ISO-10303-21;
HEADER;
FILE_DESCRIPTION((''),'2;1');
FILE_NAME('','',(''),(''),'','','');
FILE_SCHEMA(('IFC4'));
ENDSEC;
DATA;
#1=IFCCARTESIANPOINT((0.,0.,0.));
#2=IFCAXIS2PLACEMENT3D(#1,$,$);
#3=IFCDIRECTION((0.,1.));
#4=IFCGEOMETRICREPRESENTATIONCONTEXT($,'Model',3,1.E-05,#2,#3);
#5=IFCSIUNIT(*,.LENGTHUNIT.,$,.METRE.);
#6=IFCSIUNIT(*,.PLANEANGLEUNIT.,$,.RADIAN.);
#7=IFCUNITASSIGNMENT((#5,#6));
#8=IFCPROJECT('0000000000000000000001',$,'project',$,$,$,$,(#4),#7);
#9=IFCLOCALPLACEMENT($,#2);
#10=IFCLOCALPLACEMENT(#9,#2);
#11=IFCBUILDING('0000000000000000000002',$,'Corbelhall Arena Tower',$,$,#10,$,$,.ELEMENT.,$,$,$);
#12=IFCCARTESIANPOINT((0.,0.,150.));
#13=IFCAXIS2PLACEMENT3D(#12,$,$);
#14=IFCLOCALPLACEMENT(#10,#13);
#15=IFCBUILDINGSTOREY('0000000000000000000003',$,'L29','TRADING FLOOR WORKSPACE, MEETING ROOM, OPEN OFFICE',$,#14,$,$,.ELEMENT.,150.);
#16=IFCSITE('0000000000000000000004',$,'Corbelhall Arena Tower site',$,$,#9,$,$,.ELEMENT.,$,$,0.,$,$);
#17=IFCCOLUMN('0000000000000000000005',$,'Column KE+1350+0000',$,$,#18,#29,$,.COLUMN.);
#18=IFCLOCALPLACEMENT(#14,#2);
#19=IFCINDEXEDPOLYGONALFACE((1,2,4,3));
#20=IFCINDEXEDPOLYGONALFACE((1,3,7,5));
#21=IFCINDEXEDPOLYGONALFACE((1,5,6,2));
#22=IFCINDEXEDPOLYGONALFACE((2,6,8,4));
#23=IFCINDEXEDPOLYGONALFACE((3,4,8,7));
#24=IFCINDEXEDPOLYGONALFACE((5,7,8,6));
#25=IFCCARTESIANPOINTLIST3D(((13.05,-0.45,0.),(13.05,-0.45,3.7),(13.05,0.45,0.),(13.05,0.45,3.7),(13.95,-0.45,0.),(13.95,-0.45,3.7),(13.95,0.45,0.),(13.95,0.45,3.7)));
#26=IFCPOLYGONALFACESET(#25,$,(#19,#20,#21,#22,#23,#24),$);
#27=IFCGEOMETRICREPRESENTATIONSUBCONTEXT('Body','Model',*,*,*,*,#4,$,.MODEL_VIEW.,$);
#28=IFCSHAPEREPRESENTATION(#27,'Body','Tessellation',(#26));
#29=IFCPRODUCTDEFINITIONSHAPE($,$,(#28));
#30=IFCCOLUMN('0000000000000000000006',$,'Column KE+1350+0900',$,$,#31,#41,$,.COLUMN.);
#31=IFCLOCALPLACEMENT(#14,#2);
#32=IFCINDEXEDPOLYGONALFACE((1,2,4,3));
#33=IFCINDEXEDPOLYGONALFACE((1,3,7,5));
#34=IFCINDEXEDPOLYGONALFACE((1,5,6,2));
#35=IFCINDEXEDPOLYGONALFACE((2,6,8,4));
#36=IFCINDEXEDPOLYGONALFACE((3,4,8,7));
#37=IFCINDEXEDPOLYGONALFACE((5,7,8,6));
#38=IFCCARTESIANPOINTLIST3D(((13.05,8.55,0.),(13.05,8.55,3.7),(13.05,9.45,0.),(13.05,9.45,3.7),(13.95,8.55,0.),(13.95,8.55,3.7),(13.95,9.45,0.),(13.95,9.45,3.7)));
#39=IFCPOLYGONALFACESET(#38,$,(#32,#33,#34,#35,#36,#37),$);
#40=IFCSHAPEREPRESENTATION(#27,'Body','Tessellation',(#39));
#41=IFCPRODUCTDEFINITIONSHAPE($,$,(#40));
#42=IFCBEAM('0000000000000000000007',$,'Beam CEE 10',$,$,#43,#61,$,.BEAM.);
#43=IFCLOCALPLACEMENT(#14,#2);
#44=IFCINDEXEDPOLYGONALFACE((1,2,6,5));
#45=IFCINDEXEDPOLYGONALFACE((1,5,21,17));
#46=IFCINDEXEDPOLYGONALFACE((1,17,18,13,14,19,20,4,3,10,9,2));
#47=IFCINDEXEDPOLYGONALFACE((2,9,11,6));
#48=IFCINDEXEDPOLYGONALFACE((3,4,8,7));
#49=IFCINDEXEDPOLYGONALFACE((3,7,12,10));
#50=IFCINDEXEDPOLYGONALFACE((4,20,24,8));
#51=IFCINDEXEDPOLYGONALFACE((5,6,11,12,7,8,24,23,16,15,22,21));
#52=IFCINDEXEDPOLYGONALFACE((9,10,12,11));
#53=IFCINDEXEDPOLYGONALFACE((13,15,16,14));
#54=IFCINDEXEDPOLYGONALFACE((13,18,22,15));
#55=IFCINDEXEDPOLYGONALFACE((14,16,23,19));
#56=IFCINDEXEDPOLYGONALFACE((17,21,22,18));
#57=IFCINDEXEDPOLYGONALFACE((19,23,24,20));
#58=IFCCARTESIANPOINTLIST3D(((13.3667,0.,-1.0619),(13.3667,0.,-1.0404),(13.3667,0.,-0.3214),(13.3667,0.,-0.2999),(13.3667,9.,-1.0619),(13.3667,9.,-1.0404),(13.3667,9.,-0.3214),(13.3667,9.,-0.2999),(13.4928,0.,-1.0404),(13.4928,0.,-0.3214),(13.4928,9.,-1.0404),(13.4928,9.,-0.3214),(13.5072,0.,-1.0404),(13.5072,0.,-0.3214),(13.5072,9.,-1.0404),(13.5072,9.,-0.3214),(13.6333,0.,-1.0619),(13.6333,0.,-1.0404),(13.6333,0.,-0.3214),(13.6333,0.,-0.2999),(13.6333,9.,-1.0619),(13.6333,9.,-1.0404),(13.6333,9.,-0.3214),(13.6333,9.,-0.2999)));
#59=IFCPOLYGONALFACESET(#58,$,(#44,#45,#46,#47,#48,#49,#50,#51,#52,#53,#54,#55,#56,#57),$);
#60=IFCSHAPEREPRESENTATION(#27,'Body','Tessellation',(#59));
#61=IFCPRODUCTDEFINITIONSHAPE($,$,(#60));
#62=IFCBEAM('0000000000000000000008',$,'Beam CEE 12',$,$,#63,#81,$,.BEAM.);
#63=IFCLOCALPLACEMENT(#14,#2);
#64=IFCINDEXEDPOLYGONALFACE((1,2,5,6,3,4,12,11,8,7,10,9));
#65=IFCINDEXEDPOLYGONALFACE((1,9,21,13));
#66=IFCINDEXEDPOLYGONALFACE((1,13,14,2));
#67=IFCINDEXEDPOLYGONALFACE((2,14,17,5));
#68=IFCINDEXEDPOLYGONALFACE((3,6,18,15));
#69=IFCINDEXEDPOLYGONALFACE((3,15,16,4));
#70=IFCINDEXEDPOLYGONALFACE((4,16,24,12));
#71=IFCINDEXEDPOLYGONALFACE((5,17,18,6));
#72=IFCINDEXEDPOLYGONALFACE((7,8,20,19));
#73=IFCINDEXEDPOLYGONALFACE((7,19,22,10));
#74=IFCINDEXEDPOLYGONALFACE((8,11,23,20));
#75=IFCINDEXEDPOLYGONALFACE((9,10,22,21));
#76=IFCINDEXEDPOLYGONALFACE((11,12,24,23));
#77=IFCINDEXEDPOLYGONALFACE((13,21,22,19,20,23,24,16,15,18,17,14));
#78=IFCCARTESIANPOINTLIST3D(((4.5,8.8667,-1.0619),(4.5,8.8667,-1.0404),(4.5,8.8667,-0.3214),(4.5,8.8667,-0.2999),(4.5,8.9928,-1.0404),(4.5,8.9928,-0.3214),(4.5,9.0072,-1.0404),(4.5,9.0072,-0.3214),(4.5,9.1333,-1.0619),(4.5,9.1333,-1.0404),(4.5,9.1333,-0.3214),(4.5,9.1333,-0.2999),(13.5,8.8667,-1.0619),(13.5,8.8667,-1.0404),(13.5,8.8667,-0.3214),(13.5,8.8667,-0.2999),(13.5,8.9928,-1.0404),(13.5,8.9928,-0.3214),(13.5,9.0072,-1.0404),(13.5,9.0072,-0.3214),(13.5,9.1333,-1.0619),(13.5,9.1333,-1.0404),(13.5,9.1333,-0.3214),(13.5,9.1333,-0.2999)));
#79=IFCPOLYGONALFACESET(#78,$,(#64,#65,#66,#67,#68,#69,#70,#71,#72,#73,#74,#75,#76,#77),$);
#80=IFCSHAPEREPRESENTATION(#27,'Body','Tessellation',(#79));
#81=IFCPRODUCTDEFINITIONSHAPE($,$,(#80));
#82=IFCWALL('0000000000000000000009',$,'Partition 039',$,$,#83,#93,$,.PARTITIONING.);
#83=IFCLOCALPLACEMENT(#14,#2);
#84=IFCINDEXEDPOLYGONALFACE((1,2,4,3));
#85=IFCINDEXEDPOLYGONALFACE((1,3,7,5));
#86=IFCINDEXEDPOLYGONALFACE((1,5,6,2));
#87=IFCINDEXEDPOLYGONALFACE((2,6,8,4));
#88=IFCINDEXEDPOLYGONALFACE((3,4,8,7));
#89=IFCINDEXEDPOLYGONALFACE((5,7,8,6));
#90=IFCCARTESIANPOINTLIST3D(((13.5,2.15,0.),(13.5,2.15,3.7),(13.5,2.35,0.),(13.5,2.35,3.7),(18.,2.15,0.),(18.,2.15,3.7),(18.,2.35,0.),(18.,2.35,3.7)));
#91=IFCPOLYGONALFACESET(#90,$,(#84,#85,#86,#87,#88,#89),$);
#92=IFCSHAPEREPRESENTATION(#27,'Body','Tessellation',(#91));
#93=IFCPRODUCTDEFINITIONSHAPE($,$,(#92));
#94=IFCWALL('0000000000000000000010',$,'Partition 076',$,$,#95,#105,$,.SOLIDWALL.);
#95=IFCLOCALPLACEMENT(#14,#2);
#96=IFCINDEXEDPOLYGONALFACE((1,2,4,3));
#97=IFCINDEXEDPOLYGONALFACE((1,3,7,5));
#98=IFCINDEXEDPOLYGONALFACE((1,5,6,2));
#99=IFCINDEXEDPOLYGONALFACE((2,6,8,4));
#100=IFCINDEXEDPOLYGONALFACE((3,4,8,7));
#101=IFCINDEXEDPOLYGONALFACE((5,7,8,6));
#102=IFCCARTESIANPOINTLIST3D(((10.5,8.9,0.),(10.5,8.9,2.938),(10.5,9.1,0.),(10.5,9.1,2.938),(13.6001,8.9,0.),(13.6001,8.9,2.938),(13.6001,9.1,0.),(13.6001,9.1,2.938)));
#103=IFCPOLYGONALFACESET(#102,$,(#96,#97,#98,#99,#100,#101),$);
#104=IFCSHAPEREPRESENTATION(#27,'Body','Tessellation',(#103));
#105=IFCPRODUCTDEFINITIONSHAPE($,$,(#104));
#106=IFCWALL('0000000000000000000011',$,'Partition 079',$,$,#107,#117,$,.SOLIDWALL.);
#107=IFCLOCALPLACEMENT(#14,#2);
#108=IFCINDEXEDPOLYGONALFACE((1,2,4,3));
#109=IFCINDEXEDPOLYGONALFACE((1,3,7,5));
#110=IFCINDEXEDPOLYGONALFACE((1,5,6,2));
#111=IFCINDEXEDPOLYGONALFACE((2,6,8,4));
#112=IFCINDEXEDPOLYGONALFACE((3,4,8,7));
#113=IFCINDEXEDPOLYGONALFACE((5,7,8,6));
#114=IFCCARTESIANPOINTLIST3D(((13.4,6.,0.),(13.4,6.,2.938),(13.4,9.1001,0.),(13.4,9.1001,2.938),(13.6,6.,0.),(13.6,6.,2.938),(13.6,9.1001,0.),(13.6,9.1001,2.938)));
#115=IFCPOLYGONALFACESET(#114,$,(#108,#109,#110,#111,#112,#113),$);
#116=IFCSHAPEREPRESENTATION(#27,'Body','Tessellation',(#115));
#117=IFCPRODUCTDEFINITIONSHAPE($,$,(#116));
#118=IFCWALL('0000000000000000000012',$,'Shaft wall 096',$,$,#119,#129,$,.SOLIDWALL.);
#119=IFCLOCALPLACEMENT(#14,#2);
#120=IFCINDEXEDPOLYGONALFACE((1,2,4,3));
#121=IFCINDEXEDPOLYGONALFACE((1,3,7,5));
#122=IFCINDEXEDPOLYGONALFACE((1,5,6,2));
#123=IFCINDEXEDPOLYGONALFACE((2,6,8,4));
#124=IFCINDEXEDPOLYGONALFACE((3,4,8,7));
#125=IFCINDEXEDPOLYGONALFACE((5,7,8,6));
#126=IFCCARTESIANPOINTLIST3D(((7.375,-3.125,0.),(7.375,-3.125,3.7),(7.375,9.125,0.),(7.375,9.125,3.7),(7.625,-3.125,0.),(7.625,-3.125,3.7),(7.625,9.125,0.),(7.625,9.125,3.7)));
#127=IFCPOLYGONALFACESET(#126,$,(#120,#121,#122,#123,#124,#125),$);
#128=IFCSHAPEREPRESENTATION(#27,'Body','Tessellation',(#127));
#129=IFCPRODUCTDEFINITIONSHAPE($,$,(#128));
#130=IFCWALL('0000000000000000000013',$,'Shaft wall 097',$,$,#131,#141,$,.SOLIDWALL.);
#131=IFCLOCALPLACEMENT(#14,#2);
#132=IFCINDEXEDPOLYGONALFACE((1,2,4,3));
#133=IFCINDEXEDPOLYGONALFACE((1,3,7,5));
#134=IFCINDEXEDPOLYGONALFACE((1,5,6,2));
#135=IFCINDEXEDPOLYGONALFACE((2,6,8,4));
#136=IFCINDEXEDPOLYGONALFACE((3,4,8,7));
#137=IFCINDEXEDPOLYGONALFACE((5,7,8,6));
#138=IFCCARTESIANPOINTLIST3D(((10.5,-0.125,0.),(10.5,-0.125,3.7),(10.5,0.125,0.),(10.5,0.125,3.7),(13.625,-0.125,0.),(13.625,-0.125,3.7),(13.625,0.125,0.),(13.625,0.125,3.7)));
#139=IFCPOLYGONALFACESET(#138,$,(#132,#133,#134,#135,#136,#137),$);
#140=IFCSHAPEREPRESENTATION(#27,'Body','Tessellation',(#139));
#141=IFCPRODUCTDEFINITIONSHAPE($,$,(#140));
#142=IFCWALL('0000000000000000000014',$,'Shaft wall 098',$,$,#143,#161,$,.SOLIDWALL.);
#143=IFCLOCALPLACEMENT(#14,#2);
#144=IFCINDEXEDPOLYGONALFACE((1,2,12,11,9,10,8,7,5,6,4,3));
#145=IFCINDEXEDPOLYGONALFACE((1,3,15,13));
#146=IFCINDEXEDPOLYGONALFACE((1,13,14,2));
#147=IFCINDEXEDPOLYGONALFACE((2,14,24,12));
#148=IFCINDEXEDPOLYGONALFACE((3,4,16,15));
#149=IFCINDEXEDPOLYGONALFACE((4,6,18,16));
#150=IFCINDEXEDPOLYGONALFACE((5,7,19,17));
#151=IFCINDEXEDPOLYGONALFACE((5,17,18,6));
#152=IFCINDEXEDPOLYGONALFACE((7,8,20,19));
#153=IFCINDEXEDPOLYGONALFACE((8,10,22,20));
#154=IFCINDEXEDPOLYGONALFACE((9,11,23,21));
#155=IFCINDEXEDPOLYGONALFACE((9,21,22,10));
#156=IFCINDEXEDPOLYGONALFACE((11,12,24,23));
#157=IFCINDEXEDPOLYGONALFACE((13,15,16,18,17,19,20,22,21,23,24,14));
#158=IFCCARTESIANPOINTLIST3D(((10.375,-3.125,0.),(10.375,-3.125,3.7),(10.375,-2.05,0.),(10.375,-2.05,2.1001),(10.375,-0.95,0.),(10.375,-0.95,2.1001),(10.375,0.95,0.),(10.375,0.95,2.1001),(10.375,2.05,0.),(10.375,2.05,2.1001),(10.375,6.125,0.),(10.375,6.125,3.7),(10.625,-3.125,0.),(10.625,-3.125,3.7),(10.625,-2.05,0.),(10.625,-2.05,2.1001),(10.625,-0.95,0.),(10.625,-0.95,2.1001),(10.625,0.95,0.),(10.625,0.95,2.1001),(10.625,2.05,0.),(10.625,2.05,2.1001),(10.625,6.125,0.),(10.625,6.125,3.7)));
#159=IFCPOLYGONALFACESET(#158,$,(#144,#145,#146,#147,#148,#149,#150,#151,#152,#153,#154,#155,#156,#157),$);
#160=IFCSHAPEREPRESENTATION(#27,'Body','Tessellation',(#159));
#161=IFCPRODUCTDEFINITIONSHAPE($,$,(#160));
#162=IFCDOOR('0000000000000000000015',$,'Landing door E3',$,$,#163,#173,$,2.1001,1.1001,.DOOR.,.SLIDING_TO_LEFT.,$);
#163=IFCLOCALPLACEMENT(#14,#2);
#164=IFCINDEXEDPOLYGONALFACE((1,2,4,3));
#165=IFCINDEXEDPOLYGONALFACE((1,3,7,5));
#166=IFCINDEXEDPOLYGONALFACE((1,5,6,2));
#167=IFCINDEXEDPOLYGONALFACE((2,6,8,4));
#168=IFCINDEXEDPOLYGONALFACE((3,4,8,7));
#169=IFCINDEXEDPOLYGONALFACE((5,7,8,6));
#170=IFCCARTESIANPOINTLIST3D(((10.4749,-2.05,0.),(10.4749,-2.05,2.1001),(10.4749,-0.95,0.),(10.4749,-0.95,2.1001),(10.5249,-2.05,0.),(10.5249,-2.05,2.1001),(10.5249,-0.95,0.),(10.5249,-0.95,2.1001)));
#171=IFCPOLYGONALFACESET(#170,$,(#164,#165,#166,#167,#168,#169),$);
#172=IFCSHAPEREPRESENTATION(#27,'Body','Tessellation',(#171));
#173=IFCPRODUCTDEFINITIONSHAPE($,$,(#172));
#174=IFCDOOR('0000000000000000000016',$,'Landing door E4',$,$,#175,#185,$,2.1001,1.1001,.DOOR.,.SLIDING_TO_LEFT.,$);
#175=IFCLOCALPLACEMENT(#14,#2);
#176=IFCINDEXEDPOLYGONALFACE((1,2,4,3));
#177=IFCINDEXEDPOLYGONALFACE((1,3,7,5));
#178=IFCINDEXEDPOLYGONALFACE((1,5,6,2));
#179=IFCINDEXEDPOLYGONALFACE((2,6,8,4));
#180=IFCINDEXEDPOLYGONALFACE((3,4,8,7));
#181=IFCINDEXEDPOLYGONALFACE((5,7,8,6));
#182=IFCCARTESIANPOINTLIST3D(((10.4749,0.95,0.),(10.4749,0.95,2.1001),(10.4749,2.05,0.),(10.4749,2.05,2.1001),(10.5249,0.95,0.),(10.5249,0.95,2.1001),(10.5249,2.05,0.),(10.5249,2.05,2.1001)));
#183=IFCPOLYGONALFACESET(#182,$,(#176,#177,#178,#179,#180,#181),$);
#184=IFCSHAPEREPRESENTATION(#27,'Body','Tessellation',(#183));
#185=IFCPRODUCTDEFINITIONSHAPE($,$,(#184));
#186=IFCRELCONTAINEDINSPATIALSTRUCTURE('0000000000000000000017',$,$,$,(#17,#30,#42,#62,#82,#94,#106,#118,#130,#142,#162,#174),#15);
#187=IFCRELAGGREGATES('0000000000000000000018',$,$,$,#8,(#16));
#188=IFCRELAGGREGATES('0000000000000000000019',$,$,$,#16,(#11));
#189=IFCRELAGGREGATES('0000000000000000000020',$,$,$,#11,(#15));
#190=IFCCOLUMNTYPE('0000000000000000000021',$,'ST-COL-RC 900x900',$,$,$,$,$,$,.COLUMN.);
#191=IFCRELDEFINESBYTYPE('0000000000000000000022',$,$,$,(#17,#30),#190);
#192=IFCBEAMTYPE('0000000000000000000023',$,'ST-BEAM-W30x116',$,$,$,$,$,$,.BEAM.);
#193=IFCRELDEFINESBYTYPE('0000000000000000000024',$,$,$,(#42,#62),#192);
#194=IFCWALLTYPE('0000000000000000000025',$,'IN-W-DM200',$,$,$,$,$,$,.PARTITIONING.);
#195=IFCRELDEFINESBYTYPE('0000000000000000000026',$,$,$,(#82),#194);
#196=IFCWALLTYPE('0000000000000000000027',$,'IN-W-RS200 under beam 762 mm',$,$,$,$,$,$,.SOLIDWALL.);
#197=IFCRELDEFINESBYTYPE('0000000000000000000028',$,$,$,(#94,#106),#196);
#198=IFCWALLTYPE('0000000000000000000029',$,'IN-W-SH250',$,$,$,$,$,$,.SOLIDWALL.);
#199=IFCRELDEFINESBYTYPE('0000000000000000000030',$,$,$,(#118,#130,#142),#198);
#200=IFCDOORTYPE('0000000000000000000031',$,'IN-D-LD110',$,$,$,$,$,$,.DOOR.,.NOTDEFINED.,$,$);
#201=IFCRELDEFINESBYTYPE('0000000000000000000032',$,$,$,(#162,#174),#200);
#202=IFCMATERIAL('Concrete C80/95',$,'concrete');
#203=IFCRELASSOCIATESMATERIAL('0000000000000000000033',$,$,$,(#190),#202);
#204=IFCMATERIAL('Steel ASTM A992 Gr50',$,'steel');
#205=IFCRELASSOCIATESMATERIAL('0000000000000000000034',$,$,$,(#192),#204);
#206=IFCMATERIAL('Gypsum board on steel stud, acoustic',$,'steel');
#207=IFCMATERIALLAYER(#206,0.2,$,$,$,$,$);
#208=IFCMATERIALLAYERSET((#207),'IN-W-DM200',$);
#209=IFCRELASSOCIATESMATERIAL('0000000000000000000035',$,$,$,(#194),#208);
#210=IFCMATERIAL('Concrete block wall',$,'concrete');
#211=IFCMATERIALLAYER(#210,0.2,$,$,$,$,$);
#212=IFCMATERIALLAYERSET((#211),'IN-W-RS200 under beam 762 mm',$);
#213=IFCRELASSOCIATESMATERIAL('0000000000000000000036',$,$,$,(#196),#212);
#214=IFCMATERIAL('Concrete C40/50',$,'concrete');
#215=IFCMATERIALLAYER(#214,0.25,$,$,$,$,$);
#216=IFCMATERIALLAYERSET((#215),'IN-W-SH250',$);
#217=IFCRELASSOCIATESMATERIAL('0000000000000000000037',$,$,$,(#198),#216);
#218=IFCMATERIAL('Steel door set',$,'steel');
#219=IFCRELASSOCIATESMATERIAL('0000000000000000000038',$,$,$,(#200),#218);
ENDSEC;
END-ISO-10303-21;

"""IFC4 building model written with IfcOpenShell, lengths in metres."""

from ifc_helpers import new_model, si_unit, direction, frame, frame_2d, origin, origin_2d, place, context, subcontext, project, spatial, rectangle, i_section, extrude, material, layer, layer_set, material_profile, profile_set, type_object, element, fill, save


model = new_model("IFC4")

# Units and contexts
model_context = context("Model", 3, precision=1e-05, world=origin(), true_north=direction((0.0, 1.0)))
body_context = subcontext(model_context, "Body", "Model", "MODEL_VIEW")
ifc_project = project(units=[si_unit("LENGTHUNIT", "METRE"), si_unit("PLANEANGLEUNIT", "RADIAN")], contexts=[model_context])

# Site, building, storey
site_placement = place(None, origin())
site = spatial("IfcSite", under=ifc_project, at=site_placement, Name="Corbelhall Arena Tower site", CompositionType="ELEMENT", RefElevation=0.0)
building_placement = place(site_placement, origin())
building = spatial("IfcBuilding", under=site, at=building_placement, Name="Corbelhall Arena Tower", CompositionType="ELEMENT")
storey_placement = place(building_placement, frame((0.0, 0.0, 150.0)))
storey = spatial("IfcBuildingStorey", under=building, at=storey_placement, Name="L29", Description="TRADING FLOOR WORKSPACE, MEETING ROOM, OPEN OFFICE", CompositionType="ELEMENT", Elevation=150.0)

# Columns
ifc_material_1 = material(Name="Concrete C80/95", Category="concrete")
ifc_material_profile_1 = material_profile(ifc_material_1, rectangle(XDim=0.8999, YDim=0.8999, at=origin_2d()))
ifc_profile_set_1 = profile_set([ifc_material_profile_1], Name="Concrete C80/95")
column_type = type_object("IfcColumnType", Name="ST-COL-RC 900x900", PredefinedType="COLUMN", material=ifc_profile_set_1)
for number, where, z_axis, x_axis, name in (
    (1, (13.5, 0.0, 0.0), (0.0, 0.0, 1.0), (1.0, 0.0, 0.0), "Column KE+1350+0000"),
    (2, (13.5, 9.0, 0.0), (0.0, 0.0, 1.0), (1.0, 0.0, 0.0), "Column KE+1350+0900"),
):
    element("IfcColumn", number, at=place(storey_placement, frame(where, z_axis=z_axis, x_axis=x_axis)), inside=storey, type_object=column_type, Name=name, PredefinedType="COLUMN", context=body_context, shape_type="SweptSolid", body=[
        extrude(rectangle(XDim=0.8999, YDim=0.8999, at=origin_2d()), origin(), (0.0, 0.0, 1.0), 3.7),
    ])

# Beams
ifc_material_2 = material(Name="Steel ASTM A992 Gr50", Category="steel")
ifc_material_profile_2 = material_profile(ifc_material_2, i_section(OverallWidth=0.2666, OverallDepth=0.762, WebThickness=0.0144, FlangeThickness=0.0215, at=origin_2d()))
ifc_profile_set_2 = profile_set([ifc_material_profile_2], Name="Steel ASTM A992 Gr50")
beam_type = type_object("IfcBeamType", Name="ST-BEAM-W30x116", PredefinedType="BEAM", material=ifc_profile_set_2)
for number, where, z_axis, x_axis, name in (
    (3, (13.5, 0.0, -0.6809), (0.0, 1.0, 0.0), (-1.0, 0.0, 0.0), "Beam CEE 10"),
    (4, (4.5, 9.0, -0.6809), (1.0, 0.0, 0.0), (0.0, 1.0, 0.0), "Beam CEE 12"),
):
    element("IfcBeam", number, at=place(storey_placement, frame(where, z_axis=z_axis, x_axis=x_axis)), inside=storey, type_object=beam_type, Name=name, PredefinedType="BEAM", context=body_context, shape_type="SweptSolid", body=[
        extrude(i_section(OverallWidth=0.2666, OverallDepth=0.762, WebThickness=0.0144, FlangeThickness=0.0215, at=origin_2d()), origin(), (0.0, 0.0, 1.0), 9.0),
    ])

# Wall
ifc_material_3 = material(Name="Gypsum board on steel stud, acoustic", Category="steel")
ifc_layer_1 = layer(ifc_material_3, 0.2)
ifc_layer_set_1 = layer_set([ifc_layer_1], Name="IN-W-DM200")
wall_type_1 = type_object("IfcWallType", Name="IN-W-DM200", PredefinedType="PARTITIONING", material=ifc_layer_set_1)
wall_1_placement = place(storey_placement, frame((13.5, 2.25, 0.0), z_axis=(0.0, 0.0, 1.0), x_axis=(1.0, 0.0, 0.0)))
element("IfcWall", 5, at=wall_1_placement, inside=storey, type_object=wall_type_1, Name="Partition 039", PredefinedType="PARTITIONING", context=body_context, shape_type="SweptSolid", body=[
    extrude(rectangle(XDim=4.5, YDim=0.2, at=frame_2d((2.25, 0.0))), origin(), (0.0, 0.0, 1.0), 3.7),
])

# Shared definitions
ifc_material_4 = material(Name="Concrete block wall", Category="concrete")
ifc_material_5 = material(Name="Steel door set", Category="steel")

# Walls
ifc_layer_2 = layer(ifc_material_4, 0.2)
ifc_layer_set_2 = layer_set([ifc_layer_2], Name="IN-W-RS200 under beam 762 mm")
wall_type_2 = type_object("IfcWallType", Name="IN-W-RS200 under beam 762 mm", PredefinedType="SOLIDWALL", material=ifc_layer_set_2)
for number, where, z_axis, x_axis, name in (
    (6, (10.5, 9.0, 0.0), (0.0, 0.0, 1.0), (1.0, 0.0, 0.0), "Partition 076"),
    (7, (13.5, 9.1001, 0.0), (0.0, 0.0, 1.0), (0.0, -1.0, 0.0), "Partition 079"),
):
    element("IfcWall", number, at=place(storey_placement, frame(where, z_axis=z_axis, x_axis=x_axis)), inside=storey, type_object=wall_type_2, Name=name, PredefinedType="SOLIDWALL", context=body_context, shape_type="SweptSolid", body=[
        extrude(rectangle(XDim=3.1001, YDim=0.2, at=frame_2d((1.55, 0.0))), origin(), (0.0, 0.0, 1.0), 2.938),
    ])
ifc_material_6 = material(Name="Concrete C40/50", Category="concrete")
ifc_layer_3 = layer(ifc_material_6, 0.25)
ifc_layer_set_3 = layer_set([ifc_layer_3], Name="IN-W-SH250")
wall_type_3 = type_object("IfcWallType", Name="IN-W-SH250", PredefinedType="SOLIDWALL", material=ifc_layer_set_3)
wall_2_placement = place(storey_placement, frame((7.5, 9.125, 0.0), z_axis=(0.0, 0.0, 1.0), x_axis=(0.0, -1.0, 0.0)))
element("IfcWall", 8, at=wall_2_placement, inside=storey, type_object=wall_type_3, Name="Shaft wall 096", PredefinedType="SOLIDWALL", context=body_context, shape_type="SweptSolid", body=[
    extrude(rectangle(XDim=12.25, YDim=0.25, at=frame_2d((6.125, 0.0))), origin(), (0.0, 0.0, 1.0), 3.7),
])
wall_3_placement = place(storey_placement, frame((10.5, 0.0, 0.0), z_axis=(0.0, 0.0, 1.0), x_axis=(1.0, 0.0, 0.0)))
element("IfcWall", 9, at=wall_3_placement, inside=storey, type_object=wall_type_3, Name="Shaft wall 097", PredefinedType="SOLIDWALL", context=body_context, shape_type="SweptSolid", body=[
    extrude(rectangle(XDim=3.125, YDim=0.25, at=frame_2d((1.5625, 0.0))), origin(), (0.0, 0.0, 1.0), 3.7),
])

# Wall, openings, doors
wall_4_placement = place(storey_placement, frame((10.5, 6.125, 0.0), z_axis=(0.0, 0.0, 1.0), x_axis=(0.0, -1.0, 0.0)))
wall_4 = element("IfcWall", 10, at=wall_4_placement, inside=storey, type_object=wall_type_3, Name="Shaft wall 098", PredefinedType="SOLIDWALL", context=body_context, shape_type="SweptSolid", body=[
    extrude(rectangle(XDim=9.25, YDim=0.25, at=frame_2d((4.625, 0.0))), origin(), (0.0, 0.0, 1.0), 3.7),
])
opening_1_placement = place(wall_4_placement, frame((7.075, 0.0, 0.0)))
opening_1 = element("IfcOpeningElement", 11, at=opening_1_placement, cuts=wall_4, PredefinedType="OPENING", context=body_context, shape_type="SweptSolid", body=[
    extrude(rectangle(XDim=1.1001, YDim=2.1001, at=frame_2d((0.55, 1.05))), frame((0.0, 0.125, 0.0), z_axis=(0.0, -1.0, 0.0), x_axis=(1.0, 0.0, 0.0)), (0.0, 0.0, 1.0), 0.25),
])
opening_2_placement = place(wall_4_placement, frame((4.075, 0.0, 0.0)))
opening_2 = element("IfcOpeningElement", 12, at=opening_2_placement, cuts=wall_4, PredefinedType="OPENING", context=body_context, shape_type="SweptSolid", body=[
    extrude(rectangle(XDim=1.1001, YDim=2.1001, at=frame_2d((0.55, 1.05))), frame((0.0, 0.125, 0.0), z_axis=(0.0, -1.0, 0.0), x_axis=(1.0, 0.0, 0.0)), (0.0, 0.0, 1.0), 0.25),
])
door_type_1 = type_object("IfcDoorType", Name="IN-D-LD110", OperationType="NOTDEFINED", PredefinedType="DOOR", material=ifc_material_5)
door_1_placement = place(opening_1_placement, origin())
door_1 = element("IfcDoor", 13, at=door_1_placement, inside=storey, type_object=door_type_1, Name="Landing door E3", OperationType="SLIDING_TO_LEFT", OverallHeight=2.1001, OverallWidth=1.1001, PredefinedType="DOOR", context=body_context, shape_type="SweptSolid", body=[
    extrude(rectangle(XDim=1.1001, YDim=2.1001, at=frame_2d((0.55, 1.05))), frame((0.0, 0.0249, 0.0), z_axis=(0.0, -1.0, 0.0), x_axis=(1.0, 0.0, 0.0)), (0.0, 0.0, 1.0), 0.05),
])
fill(opening_1, door_1)
door_2_placement = place(opening_2_placement, origin())
door_2 = element("IfcDoor", 14, at=door_2_placement, inside=storey, type_object=door_type_1, Name="Landing door E4", OperationType="SLIDING_TO_LEFT", OverallHeight=2.1001, OverallWidth=1.1001, PredefinedType="DOOR", context=body_context, shape_type="SweptSolid", body=[
    extrude(rectangle(XDim=1.1001, YDim=2.1001, at=frame_2d((0.55, 1.05))), frame((0.0, 0.0249, 0.0), z_axis=(0.0, -1.0, 0.0), x_axis=(1.0, 0.0, 0.0)), (0.0, 0.0, 1.0), 0.05),
])
fill(opening_2, door_2)

save(model, "model.ifc")
